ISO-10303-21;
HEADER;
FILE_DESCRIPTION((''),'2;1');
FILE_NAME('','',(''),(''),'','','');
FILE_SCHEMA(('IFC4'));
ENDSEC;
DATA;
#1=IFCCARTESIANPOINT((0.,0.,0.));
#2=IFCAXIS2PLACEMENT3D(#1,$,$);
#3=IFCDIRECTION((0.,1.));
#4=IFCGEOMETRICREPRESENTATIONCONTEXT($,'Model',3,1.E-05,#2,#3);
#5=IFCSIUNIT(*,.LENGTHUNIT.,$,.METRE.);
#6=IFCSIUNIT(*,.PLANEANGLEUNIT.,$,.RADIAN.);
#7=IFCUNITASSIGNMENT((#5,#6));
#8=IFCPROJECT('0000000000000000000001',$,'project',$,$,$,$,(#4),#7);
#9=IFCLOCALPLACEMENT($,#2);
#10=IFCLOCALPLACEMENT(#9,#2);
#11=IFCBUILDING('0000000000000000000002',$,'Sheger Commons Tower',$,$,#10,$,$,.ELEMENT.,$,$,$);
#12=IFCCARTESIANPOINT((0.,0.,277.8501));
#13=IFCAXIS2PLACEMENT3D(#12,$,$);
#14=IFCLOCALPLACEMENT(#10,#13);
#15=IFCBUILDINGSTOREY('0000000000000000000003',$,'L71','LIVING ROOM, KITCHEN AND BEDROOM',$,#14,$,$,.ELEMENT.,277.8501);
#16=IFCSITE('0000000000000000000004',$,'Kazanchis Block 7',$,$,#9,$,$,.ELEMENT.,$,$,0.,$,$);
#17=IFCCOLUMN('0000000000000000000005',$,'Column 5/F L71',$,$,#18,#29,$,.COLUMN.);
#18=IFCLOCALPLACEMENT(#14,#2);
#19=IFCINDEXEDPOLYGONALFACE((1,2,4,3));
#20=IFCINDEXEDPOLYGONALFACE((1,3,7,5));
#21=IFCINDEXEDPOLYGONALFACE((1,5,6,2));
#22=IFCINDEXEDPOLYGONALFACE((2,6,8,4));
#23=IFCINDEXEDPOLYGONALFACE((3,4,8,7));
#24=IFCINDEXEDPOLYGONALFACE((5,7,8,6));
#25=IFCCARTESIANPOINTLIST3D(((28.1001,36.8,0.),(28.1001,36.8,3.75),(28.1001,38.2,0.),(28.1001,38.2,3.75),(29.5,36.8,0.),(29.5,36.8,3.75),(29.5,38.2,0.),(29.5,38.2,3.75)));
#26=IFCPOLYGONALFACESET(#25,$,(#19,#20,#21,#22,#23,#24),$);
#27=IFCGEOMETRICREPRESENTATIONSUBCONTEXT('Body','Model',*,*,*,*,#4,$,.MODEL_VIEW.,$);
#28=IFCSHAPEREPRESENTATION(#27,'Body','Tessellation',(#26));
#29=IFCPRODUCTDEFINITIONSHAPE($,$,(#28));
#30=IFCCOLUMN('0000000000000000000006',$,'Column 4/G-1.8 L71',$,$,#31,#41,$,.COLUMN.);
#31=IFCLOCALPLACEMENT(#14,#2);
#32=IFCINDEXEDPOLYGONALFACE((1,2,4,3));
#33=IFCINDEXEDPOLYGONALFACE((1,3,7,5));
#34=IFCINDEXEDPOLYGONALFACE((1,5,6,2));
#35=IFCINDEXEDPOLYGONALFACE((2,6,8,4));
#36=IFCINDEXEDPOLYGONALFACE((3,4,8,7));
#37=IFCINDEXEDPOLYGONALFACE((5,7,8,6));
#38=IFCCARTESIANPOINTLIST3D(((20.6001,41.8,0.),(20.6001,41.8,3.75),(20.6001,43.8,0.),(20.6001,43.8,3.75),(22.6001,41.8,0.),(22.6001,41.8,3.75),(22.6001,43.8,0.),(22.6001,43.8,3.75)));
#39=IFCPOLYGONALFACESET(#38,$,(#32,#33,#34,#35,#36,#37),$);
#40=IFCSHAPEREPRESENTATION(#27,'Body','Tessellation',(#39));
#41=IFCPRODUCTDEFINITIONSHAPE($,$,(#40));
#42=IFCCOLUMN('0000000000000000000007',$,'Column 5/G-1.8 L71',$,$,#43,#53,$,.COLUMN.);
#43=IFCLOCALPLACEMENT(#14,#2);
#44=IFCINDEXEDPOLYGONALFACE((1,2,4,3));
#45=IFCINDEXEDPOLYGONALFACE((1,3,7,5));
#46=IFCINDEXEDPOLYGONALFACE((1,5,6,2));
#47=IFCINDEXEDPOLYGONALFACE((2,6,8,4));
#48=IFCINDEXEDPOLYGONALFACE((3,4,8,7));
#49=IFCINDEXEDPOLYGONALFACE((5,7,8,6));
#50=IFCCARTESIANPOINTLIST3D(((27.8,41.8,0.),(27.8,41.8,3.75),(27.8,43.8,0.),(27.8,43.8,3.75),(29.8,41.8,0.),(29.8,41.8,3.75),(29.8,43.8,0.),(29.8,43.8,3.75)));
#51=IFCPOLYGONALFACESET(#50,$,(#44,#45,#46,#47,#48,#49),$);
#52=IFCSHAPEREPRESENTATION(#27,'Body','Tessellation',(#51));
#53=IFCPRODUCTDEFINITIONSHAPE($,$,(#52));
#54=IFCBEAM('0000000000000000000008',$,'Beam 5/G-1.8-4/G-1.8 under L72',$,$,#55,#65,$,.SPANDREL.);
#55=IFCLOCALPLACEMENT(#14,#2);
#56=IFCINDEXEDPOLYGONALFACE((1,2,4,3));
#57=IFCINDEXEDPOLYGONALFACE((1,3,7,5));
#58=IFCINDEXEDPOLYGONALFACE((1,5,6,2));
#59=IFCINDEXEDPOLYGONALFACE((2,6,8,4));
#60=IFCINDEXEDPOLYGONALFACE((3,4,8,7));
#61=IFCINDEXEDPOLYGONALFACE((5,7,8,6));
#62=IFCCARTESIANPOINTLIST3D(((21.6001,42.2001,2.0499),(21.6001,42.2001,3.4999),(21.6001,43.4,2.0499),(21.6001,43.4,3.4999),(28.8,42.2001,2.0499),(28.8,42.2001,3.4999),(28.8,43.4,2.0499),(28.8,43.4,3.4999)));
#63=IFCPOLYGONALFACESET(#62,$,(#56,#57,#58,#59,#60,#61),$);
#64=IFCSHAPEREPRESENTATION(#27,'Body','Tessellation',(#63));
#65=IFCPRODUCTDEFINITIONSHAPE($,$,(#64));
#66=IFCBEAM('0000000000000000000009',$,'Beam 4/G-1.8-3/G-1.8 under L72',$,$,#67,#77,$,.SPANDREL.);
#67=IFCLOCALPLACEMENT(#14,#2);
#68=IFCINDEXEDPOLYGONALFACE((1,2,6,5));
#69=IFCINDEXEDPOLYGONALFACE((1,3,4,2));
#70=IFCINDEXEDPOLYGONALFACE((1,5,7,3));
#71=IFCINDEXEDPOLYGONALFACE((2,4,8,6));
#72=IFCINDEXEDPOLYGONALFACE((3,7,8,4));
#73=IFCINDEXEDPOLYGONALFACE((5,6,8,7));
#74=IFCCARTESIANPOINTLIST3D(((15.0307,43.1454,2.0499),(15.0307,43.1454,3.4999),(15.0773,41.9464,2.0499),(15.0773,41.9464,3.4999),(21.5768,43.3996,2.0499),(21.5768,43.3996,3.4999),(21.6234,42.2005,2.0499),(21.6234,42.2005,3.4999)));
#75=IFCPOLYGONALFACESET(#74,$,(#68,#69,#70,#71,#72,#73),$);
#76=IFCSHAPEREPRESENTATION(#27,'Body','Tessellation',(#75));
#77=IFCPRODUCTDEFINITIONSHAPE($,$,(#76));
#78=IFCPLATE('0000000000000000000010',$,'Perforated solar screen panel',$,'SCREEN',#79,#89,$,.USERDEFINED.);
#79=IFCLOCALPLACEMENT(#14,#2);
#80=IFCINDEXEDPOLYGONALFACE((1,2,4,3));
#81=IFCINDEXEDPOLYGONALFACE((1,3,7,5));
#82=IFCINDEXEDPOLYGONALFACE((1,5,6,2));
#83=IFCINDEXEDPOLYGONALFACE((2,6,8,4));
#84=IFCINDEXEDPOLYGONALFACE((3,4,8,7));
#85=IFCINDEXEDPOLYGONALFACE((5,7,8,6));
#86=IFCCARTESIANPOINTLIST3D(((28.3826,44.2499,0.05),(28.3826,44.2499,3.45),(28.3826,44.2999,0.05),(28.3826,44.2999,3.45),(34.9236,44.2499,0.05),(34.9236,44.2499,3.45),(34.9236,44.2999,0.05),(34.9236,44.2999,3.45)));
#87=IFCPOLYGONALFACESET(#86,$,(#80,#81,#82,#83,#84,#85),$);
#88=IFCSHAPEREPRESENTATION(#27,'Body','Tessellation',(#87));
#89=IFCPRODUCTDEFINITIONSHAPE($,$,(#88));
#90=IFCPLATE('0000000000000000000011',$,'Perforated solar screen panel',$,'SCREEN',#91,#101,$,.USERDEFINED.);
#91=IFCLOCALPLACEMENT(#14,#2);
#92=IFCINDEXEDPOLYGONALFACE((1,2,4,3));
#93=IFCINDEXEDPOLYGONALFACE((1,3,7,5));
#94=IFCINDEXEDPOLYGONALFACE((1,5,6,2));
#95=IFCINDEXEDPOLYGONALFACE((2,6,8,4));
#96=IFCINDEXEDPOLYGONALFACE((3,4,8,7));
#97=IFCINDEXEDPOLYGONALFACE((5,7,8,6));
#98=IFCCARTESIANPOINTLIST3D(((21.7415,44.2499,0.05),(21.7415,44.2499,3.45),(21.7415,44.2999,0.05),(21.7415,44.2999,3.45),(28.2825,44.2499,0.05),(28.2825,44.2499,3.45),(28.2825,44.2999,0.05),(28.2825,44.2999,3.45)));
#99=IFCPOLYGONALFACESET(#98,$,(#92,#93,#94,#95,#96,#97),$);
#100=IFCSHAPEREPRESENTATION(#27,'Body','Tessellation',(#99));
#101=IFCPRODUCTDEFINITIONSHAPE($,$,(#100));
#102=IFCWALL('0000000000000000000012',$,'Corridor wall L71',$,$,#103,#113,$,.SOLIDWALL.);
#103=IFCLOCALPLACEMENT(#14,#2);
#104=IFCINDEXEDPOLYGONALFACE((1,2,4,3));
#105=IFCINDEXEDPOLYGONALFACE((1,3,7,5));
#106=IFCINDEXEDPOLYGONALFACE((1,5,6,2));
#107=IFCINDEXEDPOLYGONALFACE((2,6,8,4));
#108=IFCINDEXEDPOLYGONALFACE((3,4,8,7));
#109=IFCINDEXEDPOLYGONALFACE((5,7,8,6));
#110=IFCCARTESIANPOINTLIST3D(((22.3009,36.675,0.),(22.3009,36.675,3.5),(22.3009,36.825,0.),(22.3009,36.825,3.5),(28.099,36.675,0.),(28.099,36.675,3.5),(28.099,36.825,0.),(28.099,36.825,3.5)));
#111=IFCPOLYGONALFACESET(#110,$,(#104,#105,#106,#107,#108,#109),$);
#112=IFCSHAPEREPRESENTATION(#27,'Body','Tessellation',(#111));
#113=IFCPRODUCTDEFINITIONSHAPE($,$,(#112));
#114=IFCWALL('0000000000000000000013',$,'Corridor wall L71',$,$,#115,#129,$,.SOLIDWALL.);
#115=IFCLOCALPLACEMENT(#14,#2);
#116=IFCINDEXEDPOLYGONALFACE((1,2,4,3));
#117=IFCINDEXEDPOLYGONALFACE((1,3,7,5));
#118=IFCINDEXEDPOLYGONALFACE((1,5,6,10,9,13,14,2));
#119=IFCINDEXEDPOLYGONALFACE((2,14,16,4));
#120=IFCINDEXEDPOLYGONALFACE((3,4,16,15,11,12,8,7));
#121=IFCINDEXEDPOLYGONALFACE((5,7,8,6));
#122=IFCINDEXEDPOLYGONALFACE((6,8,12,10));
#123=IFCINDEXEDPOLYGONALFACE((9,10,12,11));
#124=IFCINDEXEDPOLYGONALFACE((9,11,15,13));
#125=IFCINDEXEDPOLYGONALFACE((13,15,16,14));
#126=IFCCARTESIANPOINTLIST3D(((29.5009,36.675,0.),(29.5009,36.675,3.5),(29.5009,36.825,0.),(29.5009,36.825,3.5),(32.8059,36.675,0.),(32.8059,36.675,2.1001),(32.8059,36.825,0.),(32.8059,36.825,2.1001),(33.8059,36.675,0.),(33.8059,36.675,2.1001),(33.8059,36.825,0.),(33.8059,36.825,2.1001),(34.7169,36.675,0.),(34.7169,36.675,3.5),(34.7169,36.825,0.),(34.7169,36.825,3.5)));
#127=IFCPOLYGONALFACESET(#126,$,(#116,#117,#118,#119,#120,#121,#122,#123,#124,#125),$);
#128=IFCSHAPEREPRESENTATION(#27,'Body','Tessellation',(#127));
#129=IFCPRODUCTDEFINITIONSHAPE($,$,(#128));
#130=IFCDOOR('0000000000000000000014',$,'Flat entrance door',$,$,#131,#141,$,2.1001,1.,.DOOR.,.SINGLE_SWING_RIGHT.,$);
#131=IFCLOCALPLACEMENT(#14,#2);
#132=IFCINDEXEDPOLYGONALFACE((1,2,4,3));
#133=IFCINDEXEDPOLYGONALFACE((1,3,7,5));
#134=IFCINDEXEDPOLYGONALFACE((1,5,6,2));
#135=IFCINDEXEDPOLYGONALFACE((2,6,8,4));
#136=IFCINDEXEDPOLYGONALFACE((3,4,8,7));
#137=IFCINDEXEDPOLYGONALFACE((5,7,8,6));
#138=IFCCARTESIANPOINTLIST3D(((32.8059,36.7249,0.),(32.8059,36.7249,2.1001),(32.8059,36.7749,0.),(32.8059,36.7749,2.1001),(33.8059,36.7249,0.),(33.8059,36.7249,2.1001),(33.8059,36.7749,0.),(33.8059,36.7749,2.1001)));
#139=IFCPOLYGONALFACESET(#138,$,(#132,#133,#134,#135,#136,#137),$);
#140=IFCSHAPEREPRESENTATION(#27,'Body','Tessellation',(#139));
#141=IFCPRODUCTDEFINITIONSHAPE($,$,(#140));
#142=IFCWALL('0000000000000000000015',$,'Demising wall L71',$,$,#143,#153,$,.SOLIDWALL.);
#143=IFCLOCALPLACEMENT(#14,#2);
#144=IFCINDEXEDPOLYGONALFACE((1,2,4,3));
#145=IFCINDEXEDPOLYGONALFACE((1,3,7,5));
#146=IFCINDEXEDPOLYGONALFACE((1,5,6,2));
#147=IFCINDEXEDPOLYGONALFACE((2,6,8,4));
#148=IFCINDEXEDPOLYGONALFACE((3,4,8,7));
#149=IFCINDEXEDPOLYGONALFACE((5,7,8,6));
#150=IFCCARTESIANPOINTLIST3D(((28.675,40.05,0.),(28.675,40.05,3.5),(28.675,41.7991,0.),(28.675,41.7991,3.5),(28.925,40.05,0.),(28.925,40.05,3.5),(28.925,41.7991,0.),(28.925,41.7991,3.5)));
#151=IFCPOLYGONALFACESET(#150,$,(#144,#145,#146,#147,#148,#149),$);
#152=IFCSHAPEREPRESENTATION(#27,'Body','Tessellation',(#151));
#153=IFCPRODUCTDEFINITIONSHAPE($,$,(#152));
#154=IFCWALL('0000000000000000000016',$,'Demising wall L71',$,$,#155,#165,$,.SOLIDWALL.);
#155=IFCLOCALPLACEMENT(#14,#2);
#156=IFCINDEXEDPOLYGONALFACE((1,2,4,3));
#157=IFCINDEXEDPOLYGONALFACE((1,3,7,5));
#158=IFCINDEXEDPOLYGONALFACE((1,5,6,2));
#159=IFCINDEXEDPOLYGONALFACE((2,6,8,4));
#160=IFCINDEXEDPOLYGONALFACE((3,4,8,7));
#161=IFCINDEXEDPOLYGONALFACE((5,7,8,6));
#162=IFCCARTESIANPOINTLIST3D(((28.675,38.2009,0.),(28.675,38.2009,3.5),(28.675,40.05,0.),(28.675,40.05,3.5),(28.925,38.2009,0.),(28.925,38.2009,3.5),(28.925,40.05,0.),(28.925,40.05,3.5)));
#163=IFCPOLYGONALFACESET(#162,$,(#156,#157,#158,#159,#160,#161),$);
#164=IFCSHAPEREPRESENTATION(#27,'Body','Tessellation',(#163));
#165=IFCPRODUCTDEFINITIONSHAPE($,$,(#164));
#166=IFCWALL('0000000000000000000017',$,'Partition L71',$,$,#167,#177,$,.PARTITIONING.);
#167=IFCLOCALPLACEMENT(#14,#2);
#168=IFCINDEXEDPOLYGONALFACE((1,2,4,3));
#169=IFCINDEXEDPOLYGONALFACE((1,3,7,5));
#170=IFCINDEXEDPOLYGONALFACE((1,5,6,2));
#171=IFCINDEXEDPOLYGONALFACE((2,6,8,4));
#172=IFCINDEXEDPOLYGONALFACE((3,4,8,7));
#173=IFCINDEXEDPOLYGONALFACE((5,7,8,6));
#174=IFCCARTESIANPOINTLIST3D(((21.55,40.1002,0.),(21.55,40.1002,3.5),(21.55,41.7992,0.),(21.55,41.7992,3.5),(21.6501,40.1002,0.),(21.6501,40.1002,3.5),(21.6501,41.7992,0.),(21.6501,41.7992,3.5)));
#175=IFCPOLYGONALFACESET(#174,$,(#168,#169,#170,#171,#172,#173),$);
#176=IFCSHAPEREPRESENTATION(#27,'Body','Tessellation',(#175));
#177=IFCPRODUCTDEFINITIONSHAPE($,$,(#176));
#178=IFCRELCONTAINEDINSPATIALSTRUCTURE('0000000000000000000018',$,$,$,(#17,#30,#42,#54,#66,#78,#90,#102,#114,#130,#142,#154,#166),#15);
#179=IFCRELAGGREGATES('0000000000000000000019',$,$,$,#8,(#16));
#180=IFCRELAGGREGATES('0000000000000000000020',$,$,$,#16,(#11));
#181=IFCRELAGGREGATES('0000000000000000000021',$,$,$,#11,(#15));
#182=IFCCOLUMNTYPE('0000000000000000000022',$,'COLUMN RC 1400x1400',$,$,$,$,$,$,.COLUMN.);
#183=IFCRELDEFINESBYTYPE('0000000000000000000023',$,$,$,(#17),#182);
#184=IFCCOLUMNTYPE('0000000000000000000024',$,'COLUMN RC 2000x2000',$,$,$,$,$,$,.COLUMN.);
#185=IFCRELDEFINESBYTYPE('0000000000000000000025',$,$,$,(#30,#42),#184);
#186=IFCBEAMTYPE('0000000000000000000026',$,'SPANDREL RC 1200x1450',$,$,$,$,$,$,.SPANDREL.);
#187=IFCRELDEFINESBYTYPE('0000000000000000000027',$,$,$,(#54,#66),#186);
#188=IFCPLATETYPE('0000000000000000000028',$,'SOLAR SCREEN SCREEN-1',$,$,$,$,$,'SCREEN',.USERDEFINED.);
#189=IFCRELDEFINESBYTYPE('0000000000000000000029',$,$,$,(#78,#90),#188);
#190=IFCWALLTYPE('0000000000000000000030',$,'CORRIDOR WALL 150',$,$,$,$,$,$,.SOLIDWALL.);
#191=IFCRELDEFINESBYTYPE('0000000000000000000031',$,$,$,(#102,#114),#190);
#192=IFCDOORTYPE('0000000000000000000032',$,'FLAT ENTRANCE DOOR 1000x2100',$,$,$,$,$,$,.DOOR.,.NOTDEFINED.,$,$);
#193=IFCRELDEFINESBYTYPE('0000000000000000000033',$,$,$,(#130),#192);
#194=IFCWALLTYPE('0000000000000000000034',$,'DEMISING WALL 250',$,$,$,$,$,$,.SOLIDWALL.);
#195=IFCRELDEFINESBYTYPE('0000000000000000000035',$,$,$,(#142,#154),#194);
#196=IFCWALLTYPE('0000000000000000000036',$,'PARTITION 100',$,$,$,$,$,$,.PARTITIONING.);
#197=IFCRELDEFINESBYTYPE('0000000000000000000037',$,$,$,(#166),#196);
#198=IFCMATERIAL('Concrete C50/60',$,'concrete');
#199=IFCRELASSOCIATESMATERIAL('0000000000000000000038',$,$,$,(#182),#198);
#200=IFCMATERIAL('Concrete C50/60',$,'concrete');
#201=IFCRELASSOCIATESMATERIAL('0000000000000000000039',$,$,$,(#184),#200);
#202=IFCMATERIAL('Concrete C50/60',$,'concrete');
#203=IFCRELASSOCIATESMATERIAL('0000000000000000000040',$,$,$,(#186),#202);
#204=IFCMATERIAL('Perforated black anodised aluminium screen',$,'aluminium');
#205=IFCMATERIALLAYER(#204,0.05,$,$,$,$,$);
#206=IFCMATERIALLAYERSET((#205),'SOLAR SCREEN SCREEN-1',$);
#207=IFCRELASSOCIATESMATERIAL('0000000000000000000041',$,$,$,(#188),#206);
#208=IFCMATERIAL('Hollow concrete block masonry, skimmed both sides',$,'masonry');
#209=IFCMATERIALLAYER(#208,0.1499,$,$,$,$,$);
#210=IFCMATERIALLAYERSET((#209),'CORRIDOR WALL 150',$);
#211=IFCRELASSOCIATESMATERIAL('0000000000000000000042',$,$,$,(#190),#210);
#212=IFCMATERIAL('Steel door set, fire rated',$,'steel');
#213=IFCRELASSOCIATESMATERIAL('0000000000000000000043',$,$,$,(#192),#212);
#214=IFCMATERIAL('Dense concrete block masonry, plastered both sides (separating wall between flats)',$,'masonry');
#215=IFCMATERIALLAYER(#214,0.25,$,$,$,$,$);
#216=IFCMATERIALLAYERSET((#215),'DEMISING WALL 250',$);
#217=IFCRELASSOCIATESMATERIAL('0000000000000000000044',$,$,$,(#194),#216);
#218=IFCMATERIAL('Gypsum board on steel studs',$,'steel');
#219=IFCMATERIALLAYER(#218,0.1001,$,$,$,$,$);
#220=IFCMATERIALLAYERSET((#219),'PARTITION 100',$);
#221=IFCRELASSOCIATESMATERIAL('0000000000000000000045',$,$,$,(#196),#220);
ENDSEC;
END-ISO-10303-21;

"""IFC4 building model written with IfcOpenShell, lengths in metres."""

from ifc_helpers import new_model, si_unit, direction, frame, frame_2d, origin, origin_2d, place, context, subcontext, project, spatial, rectangle, extrude, material, layer, layer_set, material_profile, profile_set, type_object, element, fill, save


model = new_model("IFC4")

# Units and contexts
model_context = context("Model", 3, precision=1e-05, world=origin(), true_north=direction((0.0, 1.0)))
body_context = subcontext(model_context, "Body", "Model", "MODEL_VIEW")
ifc_project = project(units=[si_unit("LENGTHUNIT", "METRE"), si_unit("PLANEANGLEUNIT", "RADIAN")], contexts=[model_context])

# Site, building, storey
site_placement = place(None, origin())
site = spatial("IfcSite", under=ifc_project, at=site_placement, Name="Kazanchis Block 7", CompositionType="ELEMENT", RefElevation=0.0)
building_placement = place(site_placement, origin())
building = spatial("IfcBuilding", under=site, at=building_placement, Name="Sheger Commons Tower", CompositionType="ELEMENT")
storey_placement = place(building_placement, frame((0.0, 0.0, 277.8501)))
storey = spatial("IfcBuildingStorey", under=building, at=storey_placement, Name="L71", Description="LIVING ROOM, KITCHEN AND BEDROOM", CompositionType="ELEMENT", Elevation=277.8501)

# Columns
ifc_material_1 = material(Name="Concrete C50/60", Category="concrete")
ifc_material_profile_1 = material_profile(ifc_material_1, rectangle(XDim=1.3999, YDim=1.3999, at=origin_2d()), Name="RC 1400x1400")
ifc_profile_set_1 = profile_set([ifc_material_profile_1], Name="Concrete C50/60")
column_type_1 = type_object("IfcColumnType", Name="COLUMN RC 1400x1400", PredefinedType="COLUMN", material=ifc_profile_set_1)
column_placement = place(storey_placement, frame((28.8, 37.5, 0.0), z_axis=(0.0, 0.0, 1.0), x_axis=(1.0, 0.0, 0.0)))
element("IfcColumn", 1, at=column_placement, inside=storey, type_object=column_type_1, Name="Column 5/F L71", PredefinedType="COLUMN", context=body_context, shape_type="SweptSolid", body=[
    extrude(rectangle(XDim=1.3999, YDim=1.3999, at=origin_2d()), origin(), (0.0, 0.0, 1.0), 3.75),
])
ifc_material_2 = material(Name="Concrete C50/60", Category="concrete")
ifc_material_profile_2 = material_profile(ifc_material_2, rectangle(XDim=2.0, YDim=2.0, at=origin_2d()), Name="RC 2000x2000")
ifc_profile_set_2 = profile_set([ifc_material_profile_2], Name="Concrete C50/60")
column_type_2 = type_object("IfcColumnType", Name="COLUMN RC 2000x2000", PredefinedType="COLUMN", material=ifc_profile_set_2)
for number, where, z_axis, x_axis, name in (
    (2, (21.6001, 42.8, 0.0), (0.0, 0.0, 1.0), (1.0, 0.0, 0.0), "Column 4/G-1.8 L71"),
    (3, (28.8, 42.8, 0.0), (0.0, 0.0, 1.0), (1.0, 0.0, 0.0), "Column 5/G-1.8 L71"),
):
    element("IfcColumn", number, at=place(storey_placement, frame(where, z_axis=z_axis, x_axis=x_axis)), inside=storey, type_object=column_type_2, Name=name, PredefinedType="COLUMN", context=body_context, shape_type="SweptSolid", body=[
        extrude(rectangle(XDim=2.0, YDim=2.0, at=origin_2d()), origin(), (0.0, 0.0, 1.0), 3.75),
    ])

# Beams
ifc_material_3 = material(Name="Concrete C50/60", Category="concrete")
ifc_material_profile_3 = material_profile(ifc_material_3, rectangle(XDim=1.2, YDim=1.45, at=origin_2d()), Name="RC 1200x1450")
ifc_profile_set_3 = profile_set([ifc_material_profile_3], Name="Concrete C50/60")
beam_type = type_object("IfcBeamType", Name="SPANDREL RC 1200x1450", PredefinedType="SPANDREL", material=ifc_profile_set_3)
beam_1_placement = place(storey_placement, frame((28.8, 42.8, 2.7749), z_axis=(-1.0, 0.0, 0.0), x_axis=(0.0, -1.0, 0.0)))
element("IfcBeam", 4, at=beam_1_placement, inside=storey, type_object=beam_type, Name="Beam 5/G-1.8-4/G-1.8 under L72", PredefinedType="SPANDREL", context=body_context, shape_type="SweptSolid", body=[
    extrude(rectangle(XDim=1.2, YDim=1.45, at=origin_2d()), origin(), (0.0, 0.0, 1.0), 7.2),
])
beam_2_placement = place(storey_placement, frame((21.6001, 42.8, 2.7749), z_axis=(-0.999247, -0.038795, 0.0), x_axis=(0.038795, -0.999247, 0.0)))
element("IfcBeam", 5, at=beam_2_placement, inside=storey, type_object=beam_type, Name="Beam 4/G-1.8-3/G-1.8 under L72", PredefinedType="SPANDREL", context=body_context, shape_type="SweptSolid", body=[
    extrude(rectangle(XDim=1.2, YDim=1.45, at=origin_2d()), origin(), (0.0, 0.0, 1.0), 6.551),
])

# Plates
ifc_material_4 = material(Name="Perforated black anodised aluminium screen", Category="aluminium")
ifc_layer_1 = layer(ifc_material_4, 0.05)
ifc_layer_set_1 = layer_set([ifc_layer_1], Name="SOLAR SCREEN SCREEN-1")
plate_type = type_object("IfcPlateType", Name="SOLAR SCREEN SCREEN-1", ElementType="SCREEN", PredefinedType="USERDEFINED", material=ifc_layer_set_1)
for number, where, z_axis, x_axis, name in (
    (6, (31.6531, 44.2749, 0.05), (0.0, 0.0, 1.0), (-1.0, 0.0, 0.0), "Perforated solar screen panel"),
    (7, (25.012, 44.2749, 0.05), (0.0, 0.0, 1.0), (-1.0, 0.0, 0.0), "Perforated solar screen panel"),
):
    element("IfcPlate", number, at=place(storey_placement, frame(where, z_axis=z_axis, x_axis=x_axis)), inside=storey, type_object=plate_type, Name=name, ObjectType="SCREEN", PredefinedType="USERDEFINED", context=body_context, shape_type="SweptSolid", body=[
        extrude(rectangle(XDim=6.541, YDim=0.05, at=origin_2d()), origin(), (0.0, 0.0, 1.0), 3.3999),
    ])

# Wall
ifc_material_5 = material(Name="Hollow concrete block masonry, skimmed both sides", Category="masonry")
ifc_layer_2 = layer(ifc_material_5, 0.1499)
ifc_layer_set_2 = layer_set([ifc_layer_2], Name="CORRIDOR WALL 150")
wall_type_1 = type_object("IfcWallType", Name="CORRIDOR WALL 150", PredefinedType="SOLIDWALL", material=ifc_layer_set_2)
wall_1_placement = place(storey_placement, frame((22.301, 36.75, 0.0), z_axis=(0.0, 0.0, 1.0), x_axis=(1.0, 0.0, 0.0)))
element("IfcWall", 8, at=wall_1_placement, inside=storey, type_object=wall_type_1, Name="Corridor wall L71", PredefinedType="SOLIDWALL", context=body_context, shape_type="SweptSolid", body=[
    extrude(rectangle(XDim=5.7981, YDim=0.1499, at=frame_2d((2.8989, 0.0))), origin(), (0.0, 0.0, 1.0), 3.5),
])

# Wall, opening, door
wall_2_placement = place(storey_placement, frame((29.501, 36.75, 0.0), z_axis=(0.0, 0.0, 1.0), x_axis=(1.0, 0.0, 0.0)))
wall_2 = element("IfcWall", 9, at=wall_2_placement, inside=storey, type_object=wall_type_1, Name="Corridor wall L71", PredefinedType="SOLIDWALL", context=body_context, shape_type="SweptSolid", body=[
    extrude(rectangle(XDim=5.2161, YDim=0.1499, at=frame_2d((2.6079, 0.0))), origin(), (0.0, 0.0, 1.0), 3.5),
])
opening_1_placement = place(wall_2_placement, frame((3.3049, 0.0, 0.0)))
opening_1 = element("IfcOpeningElement", 10, at=opening_1_placement, cuts=wall_2, PredefinedType="OPENING", context=body_context, shape_type="SweptSolid", body=[
    extrude(rectangle(XDim=1.0, YDim=2.1001, at=frame_2d((0.5, 1.05))), frame((0.0, 0.085, 0.0), z_axis=(0.0, -1.0, 0.0), x_axis=(1.0, 0.0, 0.0)), (0.0, 0.0, 1.0), 0.1699),
])
ifc_material_6 = material(Name="Steel door set, fire rated", Category="steel")
door_type_1 = type_object("IfcDoorType", Name="FLAT ENTRANCE DOOR 1000x2100", OperationType="NOTDEFINED", PredefinedType="DOOR", material=ifc_material_6)
door_1_placement = place(opening_1_placement, origin())
door_1 = element("IfcDoor", 11, at=door_1_placement, inside=storey, type_object=door_type_1, Name="Flat entrance door", OperationType="SINGLE_SWING_RIGHT", OverallHeight=2.1001, OverallWidth=1.0, PredefinedType="DOOR", context=body_context, shape_type="SweptSolid", body=[
    extrude(rectangle(XDim=1.0, YDim=2.1001, at=frame_2d((0.5, 1.05))), frame((0.0, 0.0249, 0.0), z_axis=(0.0, -1.0, 0.0), x_axis=(1.0, 0.0, 0.0)), (0.0, 0.0, 1.0), 0.05),
])
fill(opening_1, door_1)

# Walls
ifc_material_7 = material(Name="Dense concrete block masonry, plastered both sides (separating wall between flats)", Category="masonry")
ifc_layer_3 = layer(ifc_material_7, 0.25)
ifc_layer_set_3 = layer_set([ifc_layer_3], Name="DEMISING WALL 250")
wall_type_2 = type_object("IfcWallType", Name="DEMISING WALL 250", PredefinedType="SOLIDWALL", material=ifc_layer_set_3)
wall_3_placement = place(storey_placement, frame((28.8, 40.05, 0.0), z_axis=(0.0, 0.0, 1.0), x_axis=(0.0, 1.0, 0.0)))
element("IfcWall", 12, at=wall_3_placement, inside=storey, type_object=wall_type_2, Name="Demising wall L71", PredefinedType="SOLIDWALL", context=body_context, shape_type="SweptSolid", body=[
    extrude(rectangle(XDim=1.749, YDim=0.25, at=frame_2d((0.8745, 0.0))), origin(), (0.0, 0.0, 1.0), 3.5),
])
wall_4_placement = place(storey_placement, frame((28.8, 38.2009, 0.0), z_axis=(0.0, 0.0, 1.0), x_axis=(0.0, 1.0, 0.0)))
element("IfcWall", 13, at=wall_4_placement, inside=storey, type_object=wall_type_2, Name="Demising wall L71", PredefinedType="SOLIDWALL", context=body_context, shape_type="SweptSolid", body=[
    extrude(rectangle(XDim=1.8491, YDim=0.25, at=frame_2d((0.9246, 0.0))), origin(), (0.0, 0.0, 1.0), 3.5),
])
ifc_material_8 = material(Name="Gypsum board on steel studs", Category="steel")
ifc_layer_4 = layer(ifc_material_8, 0.1001)
ifc_layer_set_4 = layer_set([ifc_layer_4], Name="PARTITION 100")
wall_type_3 = type_object("IfcWallType", Name="PARTITION 100", PredefinedType="PARTITIONING", material=ifc_layer_set_4)
wall_5_placement = place(storey_placement, frame((21.6001, 40.1001, 0.0), z_axis=(0.0, 0.0, 1.0), x_axis=(0.0, 1.0, 0.0)))
element("IfcWall", 14, at=wall_5_placement, inside=storey, type_object=wall_type_3, Name="Partition L71", PredefinedType="PARTITIONING", context=body_context, shape_type="SweptSolid", body=[
    extrude(rectangle(XDim=1.699, YDim=0.1001, at=frame_2d((0.8496, 0.0))), origin(), (0.0, 0.0, 1.0), 3.5),
])

save(model, "model.ifc")
